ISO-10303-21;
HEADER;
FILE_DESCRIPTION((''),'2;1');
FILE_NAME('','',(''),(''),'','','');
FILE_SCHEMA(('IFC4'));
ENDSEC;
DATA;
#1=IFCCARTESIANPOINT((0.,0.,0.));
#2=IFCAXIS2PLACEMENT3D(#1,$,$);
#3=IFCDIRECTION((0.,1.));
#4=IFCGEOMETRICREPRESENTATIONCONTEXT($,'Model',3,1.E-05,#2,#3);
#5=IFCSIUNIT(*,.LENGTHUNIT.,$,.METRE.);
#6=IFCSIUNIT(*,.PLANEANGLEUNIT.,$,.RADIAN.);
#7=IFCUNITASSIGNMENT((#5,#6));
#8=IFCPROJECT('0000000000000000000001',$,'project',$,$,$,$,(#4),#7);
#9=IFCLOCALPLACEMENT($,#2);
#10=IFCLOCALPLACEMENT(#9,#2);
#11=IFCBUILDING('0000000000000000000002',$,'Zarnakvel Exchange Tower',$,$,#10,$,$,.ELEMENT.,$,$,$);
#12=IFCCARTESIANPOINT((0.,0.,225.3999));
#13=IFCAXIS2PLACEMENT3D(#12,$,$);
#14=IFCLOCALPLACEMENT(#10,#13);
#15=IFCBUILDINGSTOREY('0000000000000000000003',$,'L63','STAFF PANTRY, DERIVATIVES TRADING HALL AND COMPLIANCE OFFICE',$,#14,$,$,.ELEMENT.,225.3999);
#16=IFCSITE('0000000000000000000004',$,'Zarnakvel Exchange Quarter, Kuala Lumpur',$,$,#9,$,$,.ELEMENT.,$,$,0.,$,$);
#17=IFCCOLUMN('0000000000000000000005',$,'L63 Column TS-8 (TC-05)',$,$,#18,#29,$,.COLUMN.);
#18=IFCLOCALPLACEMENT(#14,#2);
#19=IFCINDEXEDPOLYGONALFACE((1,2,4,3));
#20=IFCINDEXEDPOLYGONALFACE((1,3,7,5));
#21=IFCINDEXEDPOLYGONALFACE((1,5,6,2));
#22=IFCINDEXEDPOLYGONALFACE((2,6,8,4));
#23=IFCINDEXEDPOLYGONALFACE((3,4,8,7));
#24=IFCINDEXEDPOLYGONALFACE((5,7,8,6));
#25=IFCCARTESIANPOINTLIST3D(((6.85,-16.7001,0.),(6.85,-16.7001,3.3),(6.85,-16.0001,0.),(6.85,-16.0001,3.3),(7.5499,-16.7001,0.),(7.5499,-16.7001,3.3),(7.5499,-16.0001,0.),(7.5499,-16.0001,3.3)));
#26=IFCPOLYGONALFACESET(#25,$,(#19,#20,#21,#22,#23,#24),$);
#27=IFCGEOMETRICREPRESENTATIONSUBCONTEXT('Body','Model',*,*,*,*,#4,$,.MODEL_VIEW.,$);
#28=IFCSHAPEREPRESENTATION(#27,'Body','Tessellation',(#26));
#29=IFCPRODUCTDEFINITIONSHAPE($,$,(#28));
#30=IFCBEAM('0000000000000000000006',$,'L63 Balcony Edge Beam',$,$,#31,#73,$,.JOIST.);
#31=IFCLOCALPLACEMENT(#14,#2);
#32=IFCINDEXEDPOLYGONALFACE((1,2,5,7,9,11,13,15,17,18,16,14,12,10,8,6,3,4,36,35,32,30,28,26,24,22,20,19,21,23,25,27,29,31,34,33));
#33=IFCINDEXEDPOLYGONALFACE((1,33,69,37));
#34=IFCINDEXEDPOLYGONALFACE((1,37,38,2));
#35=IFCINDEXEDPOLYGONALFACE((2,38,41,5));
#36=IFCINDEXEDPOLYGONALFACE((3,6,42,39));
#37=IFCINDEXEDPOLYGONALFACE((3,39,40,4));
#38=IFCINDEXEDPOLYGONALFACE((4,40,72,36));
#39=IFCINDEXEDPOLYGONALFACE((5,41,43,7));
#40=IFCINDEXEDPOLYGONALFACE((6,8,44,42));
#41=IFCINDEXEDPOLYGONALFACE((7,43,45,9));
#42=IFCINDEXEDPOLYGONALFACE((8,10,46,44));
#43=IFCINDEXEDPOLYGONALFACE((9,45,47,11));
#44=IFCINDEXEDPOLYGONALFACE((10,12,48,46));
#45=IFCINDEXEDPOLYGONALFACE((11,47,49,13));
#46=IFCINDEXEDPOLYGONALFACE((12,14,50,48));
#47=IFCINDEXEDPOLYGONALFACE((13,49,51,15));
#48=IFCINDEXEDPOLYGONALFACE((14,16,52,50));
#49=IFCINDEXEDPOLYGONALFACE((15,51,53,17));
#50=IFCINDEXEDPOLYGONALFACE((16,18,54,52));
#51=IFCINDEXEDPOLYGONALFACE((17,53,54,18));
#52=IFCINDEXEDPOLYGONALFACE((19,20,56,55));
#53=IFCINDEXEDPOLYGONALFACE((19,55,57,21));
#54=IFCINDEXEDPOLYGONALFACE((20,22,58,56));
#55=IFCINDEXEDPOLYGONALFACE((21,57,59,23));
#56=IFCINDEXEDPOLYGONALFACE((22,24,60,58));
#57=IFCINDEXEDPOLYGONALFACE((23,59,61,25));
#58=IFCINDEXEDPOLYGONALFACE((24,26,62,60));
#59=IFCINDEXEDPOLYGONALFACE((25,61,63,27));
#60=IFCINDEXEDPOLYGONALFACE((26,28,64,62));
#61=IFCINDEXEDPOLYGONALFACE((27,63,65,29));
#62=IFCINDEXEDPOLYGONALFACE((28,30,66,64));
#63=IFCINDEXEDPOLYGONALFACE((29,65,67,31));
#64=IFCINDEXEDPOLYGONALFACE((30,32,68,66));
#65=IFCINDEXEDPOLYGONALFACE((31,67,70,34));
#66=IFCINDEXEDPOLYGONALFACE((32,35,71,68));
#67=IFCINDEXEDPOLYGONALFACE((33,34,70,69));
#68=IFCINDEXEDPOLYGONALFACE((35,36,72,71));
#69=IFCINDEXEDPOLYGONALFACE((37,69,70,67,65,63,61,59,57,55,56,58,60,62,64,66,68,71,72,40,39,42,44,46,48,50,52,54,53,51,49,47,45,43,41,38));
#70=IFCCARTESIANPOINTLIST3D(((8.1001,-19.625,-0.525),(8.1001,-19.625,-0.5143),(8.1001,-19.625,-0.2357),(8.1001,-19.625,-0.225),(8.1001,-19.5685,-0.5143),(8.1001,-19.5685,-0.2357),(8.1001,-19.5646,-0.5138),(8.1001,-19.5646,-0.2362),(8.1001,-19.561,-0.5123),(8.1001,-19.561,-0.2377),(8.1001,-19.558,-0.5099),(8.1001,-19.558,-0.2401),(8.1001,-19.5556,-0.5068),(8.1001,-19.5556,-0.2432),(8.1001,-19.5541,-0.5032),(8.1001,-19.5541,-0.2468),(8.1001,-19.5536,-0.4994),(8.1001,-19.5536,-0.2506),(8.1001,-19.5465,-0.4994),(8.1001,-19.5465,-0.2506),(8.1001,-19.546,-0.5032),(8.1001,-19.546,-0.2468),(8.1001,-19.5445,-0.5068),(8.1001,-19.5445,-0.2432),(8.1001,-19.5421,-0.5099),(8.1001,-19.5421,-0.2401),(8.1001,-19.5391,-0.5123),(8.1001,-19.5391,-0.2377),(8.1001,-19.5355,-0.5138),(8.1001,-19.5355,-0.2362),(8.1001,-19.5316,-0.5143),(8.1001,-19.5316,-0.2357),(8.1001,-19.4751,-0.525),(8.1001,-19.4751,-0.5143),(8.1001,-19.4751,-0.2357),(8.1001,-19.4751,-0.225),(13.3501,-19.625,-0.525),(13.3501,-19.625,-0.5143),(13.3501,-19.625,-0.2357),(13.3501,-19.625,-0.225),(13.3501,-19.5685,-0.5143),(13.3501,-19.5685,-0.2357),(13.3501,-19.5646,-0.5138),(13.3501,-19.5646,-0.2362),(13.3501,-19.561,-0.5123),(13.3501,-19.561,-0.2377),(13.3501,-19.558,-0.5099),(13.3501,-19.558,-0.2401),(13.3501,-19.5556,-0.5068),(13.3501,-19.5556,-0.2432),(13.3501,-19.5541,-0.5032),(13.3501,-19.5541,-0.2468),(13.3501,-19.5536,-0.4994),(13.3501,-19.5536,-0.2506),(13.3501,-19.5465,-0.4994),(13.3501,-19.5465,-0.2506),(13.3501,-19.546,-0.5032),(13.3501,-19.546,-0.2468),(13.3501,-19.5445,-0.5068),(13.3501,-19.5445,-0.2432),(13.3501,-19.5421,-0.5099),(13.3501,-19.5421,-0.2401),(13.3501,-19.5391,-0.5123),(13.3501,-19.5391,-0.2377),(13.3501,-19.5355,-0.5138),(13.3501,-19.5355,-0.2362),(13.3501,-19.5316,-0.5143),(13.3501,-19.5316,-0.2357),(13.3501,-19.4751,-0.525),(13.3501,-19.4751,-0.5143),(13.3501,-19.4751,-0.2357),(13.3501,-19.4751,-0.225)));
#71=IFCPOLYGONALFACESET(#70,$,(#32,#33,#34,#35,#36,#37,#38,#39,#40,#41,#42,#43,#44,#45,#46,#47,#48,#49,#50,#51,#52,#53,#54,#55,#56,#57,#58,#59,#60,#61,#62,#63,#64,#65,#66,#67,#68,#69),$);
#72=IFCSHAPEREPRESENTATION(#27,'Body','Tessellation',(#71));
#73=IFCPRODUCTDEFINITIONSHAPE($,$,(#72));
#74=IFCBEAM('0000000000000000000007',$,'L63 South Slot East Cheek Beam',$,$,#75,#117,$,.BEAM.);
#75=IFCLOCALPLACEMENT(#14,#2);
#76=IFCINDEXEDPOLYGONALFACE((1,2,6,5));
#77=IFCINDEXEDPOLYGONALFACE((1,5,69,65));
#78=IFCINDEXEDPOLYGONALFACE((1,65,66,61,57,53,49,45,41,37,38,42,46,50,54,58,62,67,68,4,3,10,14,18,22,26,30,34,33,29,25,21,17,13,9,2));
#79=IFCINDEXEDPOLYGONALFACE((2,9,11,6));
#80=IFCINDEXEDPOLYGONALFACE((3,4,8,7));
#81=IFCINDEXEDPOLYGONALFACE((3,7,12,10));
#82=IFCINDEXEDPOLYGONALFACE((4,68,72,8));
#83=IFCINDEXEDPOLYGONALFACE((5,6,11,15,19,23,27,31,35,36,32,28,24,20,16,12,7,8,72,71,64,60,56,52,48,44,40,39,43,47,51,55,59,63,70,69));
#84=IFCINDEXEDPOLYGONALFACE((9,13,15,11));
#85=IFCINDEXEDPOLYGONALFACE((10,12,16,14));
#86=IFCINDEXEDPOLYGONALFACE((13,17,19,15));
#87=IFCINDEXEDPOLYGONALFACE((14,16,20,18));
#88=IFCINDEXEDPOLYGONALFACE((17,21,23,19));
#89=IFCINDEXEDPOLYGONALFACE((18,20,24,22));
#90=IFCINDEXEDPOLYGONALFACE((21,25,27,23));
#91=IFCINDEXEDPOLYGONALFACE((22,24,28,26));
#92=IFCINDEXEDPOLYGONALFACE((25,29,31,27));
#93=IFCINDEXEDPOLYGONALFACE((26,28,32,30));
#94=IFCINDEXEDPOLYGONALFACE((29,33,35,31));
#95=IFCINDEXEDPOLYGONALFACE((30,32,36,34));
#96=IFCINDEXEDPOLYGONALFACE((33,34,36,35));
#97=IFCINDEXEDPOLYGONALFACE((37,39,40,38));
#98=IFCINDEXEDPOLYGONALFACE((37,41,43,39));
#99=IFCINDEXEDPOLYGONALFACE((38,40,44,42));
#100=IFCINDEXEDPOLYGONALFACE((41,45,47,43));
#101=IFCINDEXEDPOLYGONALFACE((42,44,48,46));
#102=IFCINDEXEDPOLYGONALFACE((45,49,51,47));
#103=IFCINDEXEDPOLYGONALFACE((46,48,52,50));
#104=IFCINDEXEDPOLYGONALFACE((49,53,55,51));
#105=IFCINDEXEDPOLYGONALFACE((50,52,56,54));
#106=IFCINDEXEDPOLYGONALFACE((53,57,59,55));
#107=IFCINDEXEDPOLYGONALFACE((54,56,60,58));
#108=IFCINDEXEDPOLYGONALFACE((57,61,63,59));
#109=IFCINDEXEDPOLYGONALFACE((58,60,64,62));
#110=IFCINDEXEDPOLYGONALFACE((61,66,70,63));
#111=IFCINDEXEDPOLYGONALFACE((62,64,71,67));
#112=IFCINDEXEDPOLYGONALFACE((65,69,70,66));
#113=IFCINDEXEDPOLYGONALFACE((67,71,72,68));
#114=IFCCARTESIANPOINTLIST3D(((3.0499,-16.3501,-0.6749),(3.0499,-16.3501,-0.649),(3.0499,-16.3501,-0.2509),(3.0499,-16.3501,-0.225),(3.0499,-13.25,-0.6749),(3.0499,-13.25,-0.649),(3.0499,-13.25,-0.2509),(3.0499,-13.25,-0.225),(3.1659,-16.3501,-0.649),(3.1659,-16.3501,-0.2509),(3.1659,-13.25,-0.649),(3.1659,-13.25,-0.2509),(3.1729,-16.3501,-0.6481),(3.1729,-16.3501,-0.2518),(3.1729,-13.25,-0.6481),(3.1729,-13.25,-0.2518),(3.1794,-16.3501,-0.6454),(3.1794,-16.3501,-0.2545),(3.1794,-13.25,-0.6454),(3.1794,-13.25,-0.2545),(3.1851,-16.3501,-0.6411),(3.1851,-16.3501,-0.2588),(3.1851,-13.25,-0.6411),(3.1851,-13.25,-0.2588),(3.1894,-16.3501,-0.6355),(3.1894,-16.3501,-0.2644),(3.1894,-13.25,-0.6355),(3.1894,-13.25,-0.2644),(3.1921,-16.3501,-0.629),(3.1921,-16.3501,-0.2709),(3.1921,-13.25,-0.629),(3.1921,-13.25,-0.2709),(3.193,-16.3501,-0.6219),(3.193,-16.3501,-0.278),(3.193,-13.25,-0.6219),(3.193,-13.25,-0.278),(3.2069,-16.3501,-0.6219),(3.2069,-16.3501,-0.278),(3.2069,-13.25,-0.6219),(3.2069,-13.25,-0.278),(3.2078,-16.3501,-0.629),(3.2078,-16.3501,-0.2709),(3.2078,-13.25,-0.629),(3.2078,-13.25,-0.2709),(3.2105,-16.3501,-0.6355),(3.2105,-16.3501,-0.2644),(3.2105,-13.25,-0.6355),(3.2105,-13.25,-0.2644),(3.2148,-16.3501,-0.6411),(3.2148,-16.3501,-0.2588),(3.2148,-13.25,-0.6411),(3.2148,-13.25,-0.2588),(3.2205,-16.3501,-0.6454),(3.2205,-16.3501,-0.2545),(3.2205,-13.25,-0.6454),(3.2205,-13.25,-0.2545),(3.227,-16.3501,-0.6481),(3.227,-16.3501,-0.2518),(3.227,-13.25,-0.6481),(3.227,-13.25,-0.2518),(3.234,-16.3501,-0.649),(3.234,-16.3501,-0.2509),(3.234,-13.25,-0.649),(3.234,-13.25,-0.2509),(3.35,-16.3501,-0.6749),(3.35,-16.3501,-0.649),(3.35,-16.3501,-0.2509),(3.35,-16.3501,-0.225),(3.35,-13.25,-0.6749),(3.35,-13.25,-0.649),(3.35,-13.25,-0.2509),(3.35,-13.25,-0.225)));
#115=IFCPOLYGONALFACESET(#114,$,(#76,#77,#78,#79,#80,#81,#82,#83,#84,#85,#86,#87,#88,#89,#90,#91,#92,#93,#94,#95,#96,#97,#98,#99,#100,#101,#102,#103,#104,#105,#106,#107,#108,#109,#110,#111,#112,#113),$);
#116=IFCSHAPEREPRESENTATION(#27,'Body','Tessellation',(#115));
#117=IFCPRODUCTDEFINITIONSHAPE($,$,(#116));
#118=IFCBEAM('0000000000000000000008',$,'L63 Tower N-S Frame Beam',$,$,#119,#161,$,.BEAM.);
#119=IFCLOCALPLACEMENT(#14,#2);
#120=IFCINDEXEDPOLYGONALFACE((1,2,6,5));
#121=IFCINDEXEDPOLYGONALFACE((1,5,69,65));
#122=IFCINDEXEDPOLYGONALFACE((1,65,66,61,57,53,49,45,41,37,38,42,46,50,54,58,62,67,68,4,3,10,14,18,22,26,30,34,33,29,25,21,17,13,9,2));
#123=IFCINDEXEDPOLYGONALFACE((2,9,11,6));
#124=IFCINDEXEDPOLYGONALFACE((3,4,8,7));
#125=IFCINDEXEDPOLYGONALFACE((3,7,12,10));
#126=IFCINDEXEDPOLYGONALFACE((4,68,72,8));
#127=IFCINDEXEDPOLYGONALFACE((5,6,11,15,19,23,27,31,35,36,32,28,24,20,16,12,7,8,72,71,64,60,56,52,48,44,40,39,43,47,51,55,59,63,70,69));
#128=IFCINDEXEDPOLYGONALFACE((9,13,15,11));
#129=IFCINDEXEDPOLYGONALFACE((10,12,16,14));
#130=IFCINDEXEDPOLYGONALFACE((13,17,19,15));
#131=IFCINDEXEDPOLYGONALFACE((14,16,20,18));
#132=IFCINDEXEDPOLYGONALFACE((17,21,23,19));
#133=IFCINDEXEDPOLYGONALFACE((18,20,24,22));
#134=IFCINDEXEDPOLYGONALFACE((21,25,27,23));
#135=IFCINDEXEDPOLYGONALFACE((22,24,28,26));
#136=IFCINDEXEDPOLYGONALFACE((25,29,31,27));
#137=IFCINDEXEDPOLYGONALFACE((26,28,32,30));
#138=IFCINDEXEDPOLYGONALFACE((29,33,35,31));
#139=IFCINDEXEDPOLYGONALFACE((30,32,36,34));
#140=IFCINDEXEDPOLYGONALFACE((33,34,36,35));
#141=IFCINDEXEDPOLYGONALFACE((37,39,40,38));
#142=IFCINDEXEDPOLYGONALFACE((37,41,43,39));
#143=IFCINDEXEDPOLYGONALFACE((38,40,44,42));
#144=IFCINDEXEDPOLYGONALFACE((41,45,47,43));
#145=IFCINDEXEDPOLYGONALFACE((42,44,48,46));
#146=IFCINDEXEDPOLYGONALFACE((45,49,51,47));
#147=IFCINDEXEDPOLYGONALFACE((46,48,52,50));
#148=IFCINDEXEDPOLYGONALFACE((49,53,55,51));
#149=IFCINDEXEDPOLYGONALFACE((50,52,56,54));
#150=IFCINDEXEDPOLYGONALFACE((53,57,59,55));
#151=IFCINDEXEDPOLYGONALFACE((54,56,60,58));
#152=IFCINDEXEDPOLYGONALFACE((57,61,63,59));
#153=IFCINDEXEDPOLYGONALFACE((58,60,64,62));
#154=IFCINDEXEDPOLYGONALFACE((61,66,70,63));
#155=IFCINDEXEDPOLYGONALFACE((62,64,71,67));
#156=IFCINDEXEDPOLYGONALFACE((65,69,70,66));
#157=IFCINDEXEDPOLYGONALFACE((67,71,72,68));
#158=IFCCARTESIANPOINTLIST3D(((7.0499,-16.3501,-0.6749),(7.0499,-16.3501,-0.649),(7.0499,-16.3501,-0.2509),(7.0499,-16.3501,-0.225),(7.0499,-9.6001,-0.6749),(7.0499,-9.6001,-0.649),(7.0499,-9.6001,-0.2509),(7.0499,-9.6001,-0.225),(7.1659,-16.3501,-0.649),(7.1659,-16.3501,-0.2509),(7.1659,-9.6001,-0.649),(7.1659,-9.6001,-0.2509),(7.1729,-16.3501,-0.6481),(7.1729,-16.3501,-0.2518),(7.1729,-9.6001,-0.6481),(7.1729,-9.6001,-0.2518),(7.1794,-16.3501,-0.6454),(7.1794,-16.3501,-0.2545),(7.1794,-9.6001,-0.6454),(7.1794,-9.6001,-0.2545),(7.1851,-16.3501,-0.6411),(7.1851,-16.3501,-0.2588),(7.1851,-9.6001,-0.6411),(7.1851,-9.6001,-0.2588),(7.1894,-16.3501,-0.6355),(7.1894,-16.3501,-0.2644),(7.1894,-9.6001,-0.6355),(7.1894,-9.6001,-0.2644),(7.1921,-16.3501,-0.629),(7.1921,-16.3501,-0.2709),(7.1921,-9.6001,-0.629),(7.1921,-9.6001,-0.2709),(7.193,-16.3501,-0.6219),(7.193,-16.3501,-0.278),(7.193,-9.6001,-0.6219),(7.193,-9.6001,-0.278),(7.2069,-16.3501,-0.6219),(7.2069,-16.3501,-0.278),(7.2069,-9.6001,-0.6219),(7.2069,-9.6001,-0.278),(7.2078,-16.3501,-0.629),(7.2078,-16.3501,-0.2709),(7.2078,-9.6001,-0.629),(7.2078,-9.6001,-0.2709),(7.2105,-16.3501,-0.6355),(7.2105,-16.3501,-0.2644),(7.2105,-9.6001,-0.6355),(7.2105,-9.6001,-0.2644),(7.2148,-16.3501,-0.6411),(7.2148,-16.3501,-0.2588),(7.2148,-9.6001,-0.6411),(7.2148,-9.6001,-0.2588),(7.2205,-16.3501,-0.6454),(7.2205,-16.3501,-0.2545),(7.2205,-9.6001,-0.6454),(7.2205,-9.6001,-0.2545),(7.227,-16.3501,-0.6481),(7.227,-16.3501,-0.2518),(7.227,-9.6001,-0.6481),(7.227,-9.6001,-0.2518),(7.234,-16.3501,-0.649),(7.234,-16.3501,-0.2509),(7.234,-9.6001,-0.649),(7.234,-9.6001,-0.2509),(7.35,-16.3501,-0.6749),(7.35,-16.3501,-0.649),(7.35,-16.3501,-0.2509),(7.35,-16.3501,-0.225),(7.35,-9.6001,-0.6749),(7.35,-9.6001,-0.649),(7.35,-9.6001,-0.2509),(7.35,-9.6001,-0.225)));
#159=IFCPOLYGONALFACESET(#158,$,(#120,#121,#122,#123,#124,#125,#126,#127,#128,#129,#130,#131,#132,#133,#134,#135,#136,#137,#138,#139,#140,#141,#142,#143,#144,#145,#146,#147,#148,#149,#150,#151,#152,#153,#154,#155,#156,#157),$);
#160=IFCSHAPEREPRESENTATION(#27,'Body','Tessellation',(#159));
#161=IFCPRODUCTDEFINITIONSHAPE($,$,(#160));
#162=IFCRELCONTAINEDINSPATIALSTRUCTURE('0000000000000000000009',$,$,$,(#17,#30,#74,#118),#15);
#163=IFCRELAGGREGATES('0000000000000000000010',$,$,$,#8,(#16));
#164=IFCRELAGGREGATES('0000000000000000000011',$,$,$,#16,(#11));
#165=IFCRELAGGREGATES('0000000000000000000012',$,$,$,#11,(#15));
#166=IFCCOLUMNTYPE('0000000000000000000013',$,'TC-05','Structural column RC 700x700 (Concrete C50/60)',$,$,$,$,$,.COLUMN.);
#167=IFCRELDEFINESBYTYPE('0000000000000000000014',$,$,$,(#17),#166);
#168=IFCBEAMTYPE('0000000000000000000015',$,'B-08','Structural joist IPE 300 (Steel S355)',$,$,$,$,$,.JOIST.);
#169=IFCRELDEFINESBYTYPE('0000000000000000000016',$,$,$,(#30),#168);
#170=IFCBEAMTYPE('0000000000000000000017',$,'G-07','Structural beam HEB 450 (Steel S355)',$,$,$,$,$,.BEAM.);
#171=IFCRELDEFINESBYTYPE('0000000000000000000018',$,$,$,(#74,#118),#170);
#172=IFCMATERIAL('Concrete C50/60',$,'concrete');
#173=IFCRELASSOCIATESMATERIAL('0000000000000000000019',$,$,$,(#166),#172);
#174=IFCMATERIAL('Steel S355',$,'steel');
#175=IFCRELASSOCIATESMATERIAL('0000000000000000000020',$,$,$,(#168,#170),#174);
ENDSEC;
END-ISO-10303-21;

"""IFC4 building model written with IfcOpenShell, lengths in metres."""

from ifc_helpers import new_model, si_unit, direction, frame, origin, origin_2d, place, context, subcontext, project, spatial, rectangle, i_section, extrude, material, material_profile, profile_set, type_object, element, save


model = new_model("IFC4")

# Units and contexts
model_context = context("Model", 3, precision=1e-05, world=origin(), true_north=direction((0.0, 1.0)))
body_context = subcontext(model_context, "Body", "Model", "MODEL_VIEW")
ifc_project = project(units=[si_unit("LENGTHUNIT", "METRE"), si_unit("PLANEANGLEUNIT", "RADIAN")], contexts=[model_context])

# Site, building, storey
site_placement = place(None, origin())
site = spatial("IfcSite", under=ifc_project, at=site_placement, Name="Zarnakvel Exchange Quarter, Kuala Lumpur", CompositionType="ELEMENT", RefElevation=0.0)
building_placement = place(site_placement, origin())
building = spatial("IfcBuilding", under=site, at=building_placement, Name="Zarnakvel Exchange Tower", CompositionType="ELEMENT")
storey_placement = place(building_placement, frame((0.0, 0.0, 225.3999)))
storey = spatial("IfcBuildingStorey", under=building, at=storey_placement, Name="L63", Description="STAFF PANTRY, DERIVATIVES TRADING HALL AND COMPLIANCE OFFICE", CompositionType="ELEMENT", Elevation=225.3999)

# Column
ifc_material_1 = material(Name="Concrete C50/60", Category="concrete")
ifc_material_profile_1 = material_profile(ifc_material_1, rectangle(XDim=0.7, YDim=0.7, at=origin_2d()))
ifc_profile_set_1 = profile_set([ifc_material_profile_1], Name="Concrete C50/60")
column_type = type_object("IfcColumnType", Name="TC-05", Description="Structural column RC 700x700 (Concrete C50/60)", PredefinedType="COLUMN", material=ifc_profile_set_1)
column_placement = place(storey_placement, frame((7.2, -16.3501, 0.0), z_axis=(0.0, 0.0, 1.0), x_axis=(1.0, 0.0, 0.0)))
element("IfcColumn", 1, at=column_placement, inside=storey, type_object=column_type, Name="L63 Column TS-8 (TC-05)", PredefinedType="COLUMN", context=body_context, shape_type="SweptSolid", body=[
    extrude(rectangle(XDim=0.7, YDim=0.7, at=origin_2d()), origin(), (0.0, 0.0, 1.0), 3.3),
])

# Beams
ifc_material_2 = material(Name="Steel S355", Category="steel")
ifc_material_profile_2 = material_profile(ifc_material_2, i_section(OverallWidth=0.1499, OverallDepth=0.3, WebThickness=0.0071, FlangeThickness=0.0107, FilletRadius=0.0149, at=origin_2d()))
ifc_profile_set_2 = profile_set([ifc_material_profile_2], Name="Steel S355")
beam_type_1 = type_object("IfcBeamType", Name="B-08", Description="Structural joist IPE 300 (Steel S355)", PredefinedType="JOIST", material=ifc_profile_set_2)
beam_1_placement = place(storey_placement, frame((8.1001, -19.55, -0.375), z_axis=(1.0, 0.0, 0.0), x_axis=(0.0, 1.0, 0.0)))
element("IfcBeam", 2, at=beam_1_placement, inside=storey, type_object=beam_type_1, Name="L63 Balcony Edge Beam", PredefinedType="JOIST", context=body_context, shape_type="SweptSolid", body=[
    extrude(i_section(OverallWidth=0.1499, OverallDepth=0.3, WebThickness=0.0071, FlangeThickness=0.0107, FilletRadius=0.0149, at=origin_2d()), origin(), (0.0, 0.0, 1.0), 5.25),
])
ifc_material_profile_3 = material_profile(ifc_material_2, i_section(OverallWidth=0.3, OverallDepth=0.45, WebThickness=0.0139, FlangeThickness=0.0259, FilletRadius=0.0271, at=origin_2d()))
ifc_profile_set_3 = profile_set([ifc_material_profile_3], Name="Steel S355")
beam_type_2 = type_object("IfcBeamType", Name="G-07", Description="Structural beam HEB 450 (Steel S355)", PredefinedType="BEAM", material=ifc_profile_set_3)
beam_2_placement = place(storey_placement, frame((3.2, -16.3501, -0.45), z_axis=(0.0, 1.0, 0.0), x_axis=(-1.0, 0.0, 0.0)))
element("IfcBeam", 3, at=beam_2_placement, inside=storey, type_object=beam_type_2, Name="L63 South Slot East Cheek Beam", PredefinedType="BEAM", context=body_context, shape_type="SweptSolid", body=[
    extrude(i_section(OverallWidth=0.3, OverallDepth=0.45, WebThickness=0.0139, FlangeThickness=0.0259, FilletRadius=0.0271, at=origin_2d()), origin(), (0.0, 0.0, 1.0), 3.1001),
])
beam_3_placement = place(storey_placement, frame((7.2, -16.3501, -0.45), z_axis=(0.0, 1.0, 0.0), x_axis=(-1.0, 0.0, 0.0)))
element("IfcBeam", 4, at=beam_3_placement, inside=storey, type_object=beam_type_2, Name="L63 Tower N-S Frame Beam", PredefinedType="BEAM", context=body_context, shape_type="SweptSolid", body=[
    extrude(i_section(OverallWidth=0.3, OverallDepth=0.45, WebThickness=0.0139, FlangeThickness=0.0259, FilletRadius=0.0271, at=origin_2d()), origin(), (0.0, 0.0, 1.0), 6.75),
])

save(model, "model.ifc")
